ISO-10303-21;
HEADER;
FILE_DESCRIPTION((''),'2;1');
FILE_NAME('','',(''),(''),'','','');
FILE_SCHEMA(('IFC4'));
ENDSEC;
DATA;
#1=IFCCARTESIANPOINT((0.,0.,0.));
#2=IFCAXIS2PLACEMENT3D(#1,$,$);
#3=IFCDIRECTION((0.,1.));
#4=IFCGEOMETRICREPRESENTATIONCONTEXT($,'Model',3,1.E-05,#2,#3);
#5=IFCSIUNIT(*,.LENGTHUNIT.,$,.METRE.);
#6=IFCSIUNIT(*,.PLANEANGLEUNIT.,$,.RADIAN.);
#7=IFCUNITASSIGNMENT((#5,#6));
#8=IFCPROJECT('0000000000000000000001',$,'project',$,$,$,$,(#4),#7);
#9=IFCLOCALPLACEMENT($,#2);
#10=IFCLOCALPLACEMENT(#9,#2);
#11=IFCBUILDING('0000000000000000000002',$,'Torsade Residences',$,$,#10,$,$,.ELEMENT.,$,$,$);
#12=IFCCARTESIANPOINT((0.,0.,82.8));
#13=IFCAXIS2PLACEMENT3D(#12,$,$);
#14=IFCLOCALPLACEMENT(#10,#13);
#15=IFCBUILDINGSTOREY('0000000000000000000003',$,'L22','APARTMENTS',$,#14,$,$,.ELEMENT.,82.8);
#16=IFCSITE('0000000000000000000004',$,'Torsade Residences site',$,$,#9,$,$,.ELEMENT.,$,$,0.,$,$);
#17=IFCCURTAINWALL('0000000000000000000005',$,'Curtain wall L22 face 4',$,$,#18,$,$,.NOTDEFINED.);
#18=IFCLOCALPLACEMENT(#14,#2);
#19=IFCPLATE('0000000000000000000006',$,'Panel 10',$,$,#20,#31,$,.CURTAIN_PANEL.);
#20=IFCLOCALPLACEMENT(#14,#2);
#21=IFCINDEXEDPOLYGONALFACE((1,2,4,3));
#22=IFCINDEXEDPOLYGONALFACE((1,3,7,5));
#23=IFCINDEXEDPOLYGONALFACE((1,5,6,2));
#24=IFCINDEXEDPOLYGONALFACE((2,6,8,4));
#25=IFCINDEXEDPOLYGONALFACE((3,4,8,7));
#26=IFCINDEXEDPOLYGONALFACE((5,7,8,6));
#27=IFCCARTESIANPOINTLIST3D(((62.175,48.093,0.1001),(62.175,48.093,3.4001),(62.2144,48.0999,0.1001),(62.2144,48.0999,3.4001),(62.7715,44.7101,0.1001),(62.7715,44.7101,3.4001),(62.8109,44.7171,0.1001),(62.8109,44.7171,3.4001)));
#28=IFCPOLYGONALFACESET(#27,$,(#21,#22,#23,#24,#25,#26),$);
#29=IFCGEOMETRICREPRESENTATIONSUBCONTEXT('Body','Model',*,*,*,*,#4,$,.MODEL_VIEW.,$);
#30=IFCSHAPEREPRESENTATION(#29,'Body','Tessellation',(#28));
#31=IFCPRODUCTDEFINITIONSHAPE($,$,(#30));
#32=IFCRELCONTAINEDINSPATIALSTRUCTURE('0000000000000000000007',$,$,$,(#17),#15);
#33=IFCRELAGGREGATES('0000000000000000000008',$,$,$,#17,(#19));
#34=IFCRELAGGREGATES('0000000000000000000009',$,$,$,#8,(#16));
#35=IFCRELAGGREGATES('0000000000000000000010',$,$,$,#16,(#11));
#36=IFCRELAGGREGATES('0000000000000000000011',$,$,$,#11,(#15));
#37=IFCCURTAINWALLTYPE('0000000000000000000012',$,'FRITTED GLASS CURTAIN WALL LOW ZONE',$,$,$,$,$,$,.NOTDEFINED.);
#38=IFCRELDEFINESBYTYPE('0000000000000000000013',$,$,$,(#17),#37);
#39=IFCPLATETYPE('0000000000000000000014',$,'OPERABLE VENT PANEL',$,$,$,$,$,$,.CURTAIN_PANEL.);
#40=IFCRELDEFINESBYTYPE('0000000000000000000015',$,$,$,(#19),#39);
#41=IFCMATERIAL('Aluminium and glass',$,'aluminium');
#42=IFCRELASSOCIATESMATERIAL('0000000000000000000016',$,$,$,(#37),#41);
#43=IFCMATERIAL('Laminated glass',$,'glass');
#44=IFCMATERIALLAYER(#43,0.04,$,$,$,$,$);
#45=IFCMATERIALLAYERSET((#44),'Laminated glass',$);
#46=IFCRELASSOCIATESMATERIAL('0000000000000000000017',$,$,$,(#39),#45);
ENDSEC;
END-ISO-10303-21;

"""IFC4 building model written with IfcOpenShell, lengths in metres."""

from ifc_helpers import new_model, si_unit, direction, frame, origin, origin_2d, place, context, subcontext, project, spatial, rectangle, extrude, material, layer, layer_set, type_object, element, aggregate, save


model = new_model("IFC4")

# Units and contexts
model_context = context("Model", 3, precision=1e-05, world=origin(), true_north=direction((0.0, 1.0)))
body_context = subcontext(model_context, "Body", "Model", "MODEL_VIEW")
ifc_project = project(units=[si_unit("LENGTHUNIT", "METRE"), si_unit("PLANEANGLEUNIT", "RADIAN")], contexts=[model_context])

# Site, building, storey
site_placement = place(None, origin())
site = spatial("IfcSite", under=ifc_project, at=site_placement, Name="Torsade Residences site", CompositionType="ELEMENT", RefElevation=0.0)
building_placement = place(site_placement, origin())
building = spatial("IfcBuilding", under=site, at=building_placement, Name="Torsade Residences", CompositionType="ELEMENT")
storey_placement = place(building_placement, frame((0.0, 0.0, 82.8)))
storey = spatial("IfcBuildingStorey", under=building, at=storey_placement, Name="L22", Description="APARTMENTS", CompositionType="ELEMENT", Elevation=82.8)

# Curtain wall
ifc_material_1 = material(Name="Aluminium and glass", Category="aluminium")
curtain_wall_type = type_object("IfcCurtainWallType", Name="FRITTED GLASS CURTAIN WALL LOW ZONE", PredefinedType="NOTDEFINED", material=ifc_material_1)
curtain_wall_placement = place(storey_placement, origin())
curtain_wall = element("IfcCurtainWall", 1, at=curtain_wall_placement, inside=storey, type_object=curtain_wall_type, Name="Curtain wall L22 face 4", PredefinedType="NOTDEFINED")

# Plate
ifc_material_2 = material(Name="Laminated glass", Category="glass")
ifc_layer_1 = layer(ifc_material_2, 0.04)
ifc_layer_set_1 = layer_set([ifc_layer_1], Name="Laminated glass")
plate_type_1 = type_object("IfcPlateType", Name="OPERABLE VENT PANEL", PredefinedType="CURTAIN_PANEL", material=ifc_layer_set_1)
plate_1_placement = place(storey_placement, frame((62.4929, 46.405, 0.1001), z_axis=(0.0, 0.0, 1.0), x_axis=(-0.173648, 0.984808, 0.0)))
plate_1 = element("IfcPlate", 2, at=plate_1_placement, type_object=plate_type_1, Name="Panel 10", PredefinedType="CURTAIN_PANEL", context=body_context, shape_type="SweptSolid", body=[
    extrude(rectangle(XDim=3.4351, YDim=0.04, at=origin_2d()), origin(), (0.0, 0.0, 1.0), 3.3),
])
aggregate(curtain_wall, [plate_1])

save(model, "model.ifc")
